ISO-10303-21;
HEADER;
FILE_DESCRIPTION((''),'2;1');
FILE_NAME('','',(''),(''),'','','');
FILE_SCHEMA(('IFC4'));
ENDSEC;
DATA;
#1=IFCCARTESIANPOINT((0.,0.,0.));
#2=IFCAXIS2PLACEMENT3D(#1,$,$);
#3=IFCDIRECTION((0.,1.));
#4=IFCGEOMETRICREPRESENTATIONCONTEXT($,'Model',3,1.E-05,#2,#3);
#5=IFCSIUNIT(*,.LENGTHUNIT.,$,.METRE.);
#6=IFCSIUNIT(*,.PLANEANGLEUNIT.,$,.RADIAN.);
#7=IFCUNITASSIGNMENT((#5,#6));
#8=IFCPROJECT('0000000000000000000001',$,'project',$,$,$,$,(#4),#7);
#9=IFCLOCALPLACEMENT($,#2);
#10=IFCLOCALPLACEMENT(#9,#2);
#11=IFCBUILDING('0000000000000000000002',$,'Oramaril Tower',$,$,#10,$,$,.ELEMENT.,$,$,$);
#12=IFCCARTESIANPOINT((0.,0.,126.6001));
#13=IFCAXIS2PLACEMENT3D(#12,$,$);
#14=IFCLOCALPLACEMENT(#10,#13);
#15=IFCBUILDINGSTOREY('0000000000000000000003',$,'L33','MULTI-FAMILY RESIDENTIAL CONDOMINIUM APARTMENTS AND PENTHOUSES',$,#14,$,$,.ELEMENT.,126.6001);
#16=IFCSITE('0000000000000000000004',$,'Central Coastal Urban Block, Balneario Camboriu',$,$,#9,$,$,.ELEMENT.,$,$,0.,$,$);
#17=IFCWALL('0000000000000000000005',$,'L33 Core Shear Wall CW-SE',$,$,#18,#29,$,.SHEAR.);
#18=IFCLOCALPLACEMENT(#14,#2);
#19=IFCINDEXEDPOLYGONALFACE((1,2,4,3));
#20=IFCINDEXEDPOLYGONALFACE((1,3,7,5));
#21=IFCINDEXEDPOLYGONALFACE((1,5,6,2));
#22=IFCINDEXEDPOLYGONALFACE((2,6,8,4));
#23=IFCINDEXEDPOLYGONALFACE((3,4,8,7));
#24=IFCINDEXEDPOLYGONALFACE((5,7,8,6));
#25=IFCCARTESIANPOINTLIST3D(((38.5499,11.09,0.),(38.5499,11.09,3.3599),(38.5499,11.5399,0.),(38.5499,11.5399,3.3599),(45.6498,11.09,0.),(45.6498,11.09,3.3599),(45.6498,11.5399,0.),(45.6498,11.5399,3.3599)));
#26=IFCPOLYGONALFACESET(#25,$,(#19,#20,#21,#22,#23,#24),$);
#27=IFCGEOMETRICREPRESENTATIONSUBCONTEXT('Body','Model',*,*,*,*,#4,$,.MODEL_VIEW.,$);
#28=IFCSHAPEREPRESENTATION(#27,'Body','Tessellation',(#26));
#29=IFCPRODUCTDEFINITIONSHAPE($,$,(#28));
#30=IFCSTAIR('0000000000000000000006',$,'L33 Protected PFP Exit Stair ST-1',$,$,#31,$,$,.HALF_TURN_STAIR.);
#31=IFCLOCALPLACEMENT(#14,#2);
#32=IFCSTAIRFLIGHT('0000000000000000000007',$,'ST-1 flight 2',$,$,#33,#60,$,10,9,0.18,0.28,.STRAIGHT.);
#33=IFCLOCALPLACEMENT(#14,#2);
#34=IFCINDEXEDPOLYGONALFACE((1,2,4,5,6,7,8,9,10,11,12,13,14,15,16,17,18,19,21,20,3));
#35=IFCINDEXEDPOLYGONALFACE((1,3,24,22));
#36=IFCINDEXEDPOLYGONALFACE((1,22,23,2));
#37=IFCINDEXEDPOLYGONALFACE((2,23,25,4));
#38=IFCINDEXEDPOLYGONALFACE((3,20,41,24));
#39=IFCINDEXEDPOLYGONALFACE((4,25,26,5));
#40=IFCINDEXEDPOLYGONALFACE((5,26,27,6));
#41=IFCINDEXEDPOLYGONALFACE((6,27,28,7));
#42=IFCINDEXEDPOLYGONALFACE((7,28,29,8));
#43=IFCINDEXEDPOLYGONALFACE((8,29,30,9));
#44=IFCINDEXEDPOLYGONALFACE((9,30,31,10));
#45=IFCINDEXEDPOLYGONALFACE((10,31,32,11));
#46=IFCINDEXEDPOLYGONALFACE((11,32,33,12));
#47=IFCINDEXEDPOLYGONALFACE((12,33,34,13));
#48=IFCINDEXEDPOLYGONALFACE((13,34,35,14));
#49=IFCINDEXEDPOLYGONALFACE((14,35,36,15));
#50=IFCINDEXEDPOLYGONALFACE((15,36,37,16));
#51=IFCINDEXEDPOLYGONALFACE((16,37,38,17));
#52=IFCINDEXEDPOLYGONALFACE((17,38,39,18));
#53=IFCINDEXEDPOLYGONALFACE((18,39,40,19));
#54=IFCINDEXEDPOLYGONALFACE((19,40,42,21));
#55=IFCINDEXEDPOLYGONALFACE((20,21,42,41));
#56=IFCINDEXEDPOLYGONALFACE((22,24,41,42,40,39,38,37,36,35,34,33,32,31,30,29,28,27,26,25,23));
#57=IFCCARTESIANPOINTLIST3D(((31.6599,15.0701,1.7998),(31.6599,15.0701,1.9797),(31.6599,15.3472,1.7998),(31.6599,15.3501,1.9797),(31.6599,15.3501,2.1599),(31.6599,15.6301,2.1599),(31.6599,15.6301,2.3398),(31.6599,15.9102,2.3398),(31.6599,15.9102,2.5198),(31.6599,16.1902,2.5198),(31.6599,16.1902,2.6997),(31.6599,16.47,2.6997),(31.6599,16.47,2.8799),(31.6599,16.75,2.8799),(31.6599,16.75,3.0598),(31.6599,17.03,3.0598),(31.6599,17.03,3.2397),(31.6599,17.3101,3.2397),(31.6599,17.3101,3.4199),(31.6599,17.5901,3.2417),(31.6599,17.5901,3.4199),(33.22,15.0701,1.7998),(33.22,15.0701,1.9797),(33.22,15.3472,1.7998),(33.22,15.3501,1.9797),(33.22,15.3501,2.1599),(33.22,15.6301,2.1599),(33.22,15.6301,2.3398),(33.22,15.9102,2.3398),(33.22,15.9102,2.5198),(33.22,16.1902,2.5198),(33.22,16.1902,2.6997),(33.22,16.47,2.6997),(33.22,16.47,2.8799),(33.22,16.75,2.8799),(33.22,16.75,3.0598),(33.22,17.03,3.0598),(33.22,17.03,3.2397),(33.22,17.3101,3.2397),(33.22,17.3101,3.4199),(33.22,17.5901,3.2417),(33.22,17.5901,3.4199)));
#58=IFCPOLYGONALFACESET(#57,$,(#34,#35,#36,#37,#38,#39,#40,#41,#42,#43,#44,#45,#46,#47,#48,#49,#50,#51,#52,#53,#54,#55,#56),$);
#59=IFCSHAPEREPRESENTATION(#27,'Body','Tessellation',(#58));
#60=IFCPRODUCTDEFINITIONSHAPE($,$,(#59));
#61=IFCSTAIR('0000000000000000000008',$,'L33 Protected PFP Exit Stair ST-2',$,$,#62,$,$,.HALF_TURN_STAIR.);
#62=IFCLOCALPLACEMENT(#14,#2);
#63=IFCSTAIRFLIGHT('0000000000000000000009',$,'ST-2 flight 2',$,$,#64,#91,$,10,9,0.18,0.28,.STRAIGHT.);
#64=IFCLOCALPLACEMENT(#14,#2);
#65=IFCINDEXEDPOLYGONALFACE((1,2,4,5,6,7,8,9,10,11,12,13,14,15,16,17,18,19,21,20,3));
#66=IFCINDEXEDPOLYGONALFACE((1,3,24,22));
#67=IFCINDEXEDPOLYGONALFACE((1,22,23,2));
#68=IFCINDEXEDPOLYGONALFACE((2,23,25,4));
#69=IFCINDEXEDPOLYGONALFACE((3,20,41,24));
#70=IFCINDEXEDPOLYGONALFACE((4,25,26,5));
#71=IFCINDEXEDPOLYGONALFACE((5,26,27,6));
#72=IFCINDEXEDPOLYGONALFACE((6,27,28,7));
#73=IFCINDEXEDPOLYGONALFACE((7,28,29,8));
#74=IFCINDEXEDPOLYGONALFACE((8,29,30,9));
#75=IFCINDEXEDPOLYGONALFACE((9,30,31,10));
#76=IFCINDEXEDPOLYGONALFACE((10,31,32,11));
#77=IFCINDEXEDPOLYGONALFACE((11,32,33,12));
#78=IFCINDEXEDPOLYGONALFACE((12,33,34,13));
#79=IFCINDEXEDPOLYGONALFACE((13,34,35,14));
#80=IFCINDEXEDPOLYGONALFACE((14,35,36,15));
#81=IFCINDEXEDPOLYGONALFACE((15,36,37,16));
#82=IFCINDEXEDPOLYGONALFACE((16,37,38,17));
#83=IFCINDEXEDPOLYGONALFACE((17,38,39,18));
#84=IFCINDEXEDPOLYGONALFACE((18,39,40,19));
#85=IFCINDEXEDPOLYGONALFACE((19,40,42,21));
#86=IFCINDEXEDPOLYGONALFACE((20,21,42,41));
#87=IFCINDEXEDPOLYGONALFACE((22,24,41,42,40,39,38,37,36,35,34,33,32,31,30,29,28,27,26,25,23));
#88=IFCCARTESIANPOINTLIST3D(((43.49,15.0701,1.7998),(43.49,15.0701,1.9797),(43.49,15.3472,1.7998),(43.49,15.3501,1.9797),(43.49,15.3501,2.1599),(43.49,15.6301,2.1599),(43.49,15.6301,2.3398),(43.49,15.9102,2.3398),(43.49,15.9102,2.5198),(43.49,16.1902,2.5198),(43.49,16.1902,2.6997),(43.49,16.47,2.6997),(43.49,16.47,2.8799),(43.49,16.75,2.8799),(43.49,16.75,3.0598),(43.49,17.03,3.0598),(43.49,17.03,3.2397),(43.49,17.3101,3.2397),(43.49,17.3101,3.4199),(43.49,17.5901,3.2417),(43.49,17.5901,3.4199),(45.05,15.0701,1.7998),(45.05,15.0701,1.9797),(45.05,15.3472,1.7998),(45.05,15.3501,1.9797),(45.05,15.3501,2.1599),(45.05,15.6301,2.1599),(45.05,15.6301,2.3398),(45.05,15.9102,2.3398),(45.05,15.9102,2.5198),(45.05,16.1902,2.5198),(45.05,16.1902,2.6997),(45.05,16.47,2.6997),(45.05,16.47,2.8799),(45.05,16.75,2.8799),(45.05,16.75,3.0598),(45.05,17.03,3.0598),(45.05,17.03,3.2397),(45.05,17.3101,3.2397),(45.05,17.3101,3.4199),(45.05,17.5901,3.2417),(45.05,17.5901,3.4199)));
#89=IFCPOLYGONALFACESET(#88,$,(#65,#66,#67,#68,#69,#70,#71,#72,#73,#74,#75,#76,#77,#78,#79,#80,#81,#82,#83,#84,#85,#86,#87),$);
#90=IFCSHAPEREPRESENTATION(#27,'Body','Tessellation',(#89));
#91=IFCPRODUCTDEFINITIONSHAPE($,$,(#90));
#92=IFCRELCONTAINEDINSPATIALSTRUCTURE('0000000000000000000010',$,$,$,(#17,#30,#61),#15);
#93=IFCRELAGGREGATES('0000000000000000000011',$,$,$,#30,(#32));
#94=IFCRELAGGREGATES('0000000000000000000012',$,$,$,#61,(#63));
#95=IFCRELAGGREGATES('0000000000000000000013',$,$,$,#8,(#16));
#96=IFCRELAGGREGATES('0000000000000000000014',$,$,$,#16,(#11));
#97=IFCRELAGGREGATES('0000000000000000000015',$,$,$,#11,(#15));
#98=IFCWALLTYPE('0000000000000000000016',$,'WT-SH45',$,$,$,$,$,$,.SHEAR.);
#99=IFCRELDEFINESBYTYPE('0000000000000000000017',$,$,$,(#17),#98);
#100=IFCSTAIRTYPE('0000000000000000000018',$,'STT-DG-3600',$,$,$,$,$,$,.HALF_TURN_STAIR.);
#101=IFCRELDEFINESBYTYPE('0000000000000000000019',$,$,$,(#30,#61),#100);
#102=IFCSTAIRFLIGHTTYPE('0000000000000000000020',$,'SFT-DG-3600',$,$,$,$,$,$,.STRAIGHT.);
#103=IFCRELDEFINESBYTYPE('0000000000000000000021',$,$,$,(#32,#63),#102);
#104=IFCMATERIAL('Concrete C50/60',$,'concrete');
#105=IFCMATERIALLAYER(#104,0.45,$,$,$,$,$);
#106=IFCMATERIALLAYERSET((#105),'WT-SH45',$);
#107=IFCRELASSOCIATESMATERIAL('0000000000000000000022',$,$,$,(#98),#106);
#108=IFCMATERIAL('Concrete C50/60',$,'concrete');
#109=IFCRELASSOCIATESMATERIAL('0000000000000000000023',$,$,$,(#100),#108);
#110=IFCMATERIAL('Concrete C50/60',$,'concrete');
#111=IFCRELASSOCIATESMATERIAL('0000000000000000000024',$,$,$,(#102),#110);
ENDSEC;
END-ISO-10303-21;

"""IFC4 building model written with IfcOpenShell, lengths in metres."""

from ifc_helpers import new_model, si_unit, direction, frame, frame_2d, origin, place, context, subcontext, project, spatial, polyline, rectangle, outline, extrude, material, layer, layer_set, type_object, element, aggregate, save


model = new_model("IFC4")

# Units and contexts
model_context = context("Model", 3, precision=1e-05, world=origin(), true_north=direction((0.0, 1.0)))
body_context = subcontext(model_context, "Body", "Model", "MODEL_VIEW")
ifc_project = project(units=[si_unit("LENGTHUNIT", "METRE"), si_unit("PLANEANGLEUNIT", "RADIAN")], contexts=[model_context])

# Site, building, storey
site_placement = place(None, origin())
site = spatial("IfcSite", under=ifc_project, at=site_placement, Name="Central Coastal Urban Block, Balneario Camboriu", CompositionType="ELEMENT", RefElevation=0.0)
building_placement = place(site_placement, origin())
building = spatial("IfcBuilding", under=site, at=building_placement, Name="Oramaril Tower", CompositionType="ELEMENT")
storey_placement = place(building_placement, frame((0.0, 0.0, 126.6001)))
storey = spatial("IfcBuildingStorey", under=building, at=storey_placement, Name="L33", Description="MULTI-FAMILY RESIDENTIAL CONDOMINIUM APARTMENTS AND PENTHOUSES", CompositionType="ELEMENT", Elevation=126.6001)

# Wall
ifc_material_1 = material(Name="Concrete C50/60", Category="concrete")
ifc_layer_1 = layer(ifc_material_1, 0.45)
ifc_layer_set_1 = layer_set([ifc_layer_1], Name="WT-SH45")
wall_type_1 = type_object("IfcWallType", Name="WT-SH45", PredefinedType="SHEAR", material=ifc_layer_set_1)
wall_1_placement = place(storey_placement, frame((38.55, 11.3149, 0.0), z_axis=(0.0, 0.0, 1.0), x_axis=(1.0, 0.0, 0.0)))
element("IfcWall", 1, at=wall_1_placement, inside=storey, type_object=wall_type_1, Name="L33 Core Shear Wall CW-SE", PredefinedType="SHEAR", context=body_context, shape_type="SweptSolid", body=[
    extrude(rectangle(XDim=7.0999, YDim=0.45, at=frame_2d((3.5498, 0.0))), origin(), (0.0, 0.0, 1.0), 3.3599),
])

# Stairs, stair flights
ifc_material_2 = material(Name="Concrete C50/60", Category="concrete")
stair_type = type_object("IfcStairType", Name="STT-DG-3600", PredefinedType="HALF_TURN_STAIR", material=ifc_material_2)
stair_1_placement = place(storey_placement, origin())
stair_1 = element("IfcStair", 2, at=stair_1_placement, inside=storey, type_object=stair_type, Name="L33 Protected PFP Exit Stair ST-1", PredefinedType="HALF_TURN_STAIR")
ifc_material_3 = material(Name="Concrete C50/60", Category="concrete")
stair_flight_type = type_object("IfcStairFlightType", Name="SFT-DG-3600", PredefinedType="STRAIGHT", material=ifc_material_3)
stair_flight_1_placement = place(storey_placement, frame((32.4399, 15.0701, 1.7998), z_axis=(0.0, 0.0, 1.0), x_axis=(0.0, 1.0, 0.0)))
stair_flight_1 = element("IfcStairFlight", 3, at=stair_flight_1_placement, type_object=stair_flight_type, Name="ST-1 flight 2", NumberOfRisers=10, NumberOfTreads=9, PredefinedType="STRAIGHT", RiserHeight=0.18, TreadLength=0.28, context=body_context, shape_type="SweptSolid", body=[
    extrude(outline(polyline([(0.0, 0.0), (0.0, 0.1799), (0.28, 0.1799), (0.28, 0.3601), (0.5601, 0.3601), (0.5601, 0.54), (0.8401, 0.54), (0.8401, 0.72), (1.1201, 0.72), (1.1201, 0.8999), (1.3999, 0.8999), (1.3999, 1.0801), (1.6799, 1.0801), (1.6799, 1.26), (1.96, 1.26), (1.96, 1.4399), (2.24, 1.4399), (2.24, 1.6201), (2.52, 1.6201), (2.52, 1.8), (2.52, 1.4419), (0.2771, 0.0), (0.0, 0.0)])), frame((0.0, 0.78, 0.0), z_axis=(0.0, -1.0, 0.0), x_axis=(1.0, 0.0, 0.0)), (0.0, 0.0, 1.0), 1.5601),
])
aggregate(stair_1, [stair_flight_1])
stair_2_placement = place(storey_placement, origin())
stair_2 = element("IfcStair", 4, at=stair_2_placement, inside=storey, type_object=stair_type, Name="L33 Protected PFP Exit Stair ST-2", PredefinedType="HALF_TURN_STAIR")
stair_flight_2_placement = place(storey_placement, frame((44.27, 15.0701, 1.7998), z_axis=(0.0, 0.0, 1.0), x_axis=(0.0, 1.0, 0.0)))
stair_flight_2 = element("IfcStairFlight", 5, at=stair_flight_2_placement, type_object=stair_flight_type, Name="ST-2 flight 2", NumberOfRisers=10, NumberOfTreads=9, PredefinedType="STRAIGHT", RiserHeight=0.18, TreadLength=0.28, context=body_context, shape_type="SweptSolid", body=[
    extrude(outline(polyline([(0.0, 0.0), (0.0, 0.1799), (0.28, 0.1799), (0.28, 0.3601), (0.5601, 0.3601), (0.5601, 0.54), (0.8401, 0.54), (0.8401, 0.72), (1.1201, 0.72), (1.1201, 0.8999), (1.3999, 0.8999), (1.3999, 1.0801), (1.6799, 1.0801), (1.6799, 1.26), (1.96, 1.26), (1.96, 1.4399), (2.24, 1.4399), (2.24, 1.6201), (2.52, 1.6201), (2.52, 1.8), (2.52, 1.4419), (0.2771, 0.0), (0.0, 0.0)])), frame((0.0, 0.78, 0.0), z_axis=(0.0, -1.0, 0.0), x_axis=(1.0, 0.0, 0.0)), (0.0, 0.0, 1.0), 1.5601),
])
aggregate(stair_2, [stair_flight_2])

save(model, "model.ifc")
